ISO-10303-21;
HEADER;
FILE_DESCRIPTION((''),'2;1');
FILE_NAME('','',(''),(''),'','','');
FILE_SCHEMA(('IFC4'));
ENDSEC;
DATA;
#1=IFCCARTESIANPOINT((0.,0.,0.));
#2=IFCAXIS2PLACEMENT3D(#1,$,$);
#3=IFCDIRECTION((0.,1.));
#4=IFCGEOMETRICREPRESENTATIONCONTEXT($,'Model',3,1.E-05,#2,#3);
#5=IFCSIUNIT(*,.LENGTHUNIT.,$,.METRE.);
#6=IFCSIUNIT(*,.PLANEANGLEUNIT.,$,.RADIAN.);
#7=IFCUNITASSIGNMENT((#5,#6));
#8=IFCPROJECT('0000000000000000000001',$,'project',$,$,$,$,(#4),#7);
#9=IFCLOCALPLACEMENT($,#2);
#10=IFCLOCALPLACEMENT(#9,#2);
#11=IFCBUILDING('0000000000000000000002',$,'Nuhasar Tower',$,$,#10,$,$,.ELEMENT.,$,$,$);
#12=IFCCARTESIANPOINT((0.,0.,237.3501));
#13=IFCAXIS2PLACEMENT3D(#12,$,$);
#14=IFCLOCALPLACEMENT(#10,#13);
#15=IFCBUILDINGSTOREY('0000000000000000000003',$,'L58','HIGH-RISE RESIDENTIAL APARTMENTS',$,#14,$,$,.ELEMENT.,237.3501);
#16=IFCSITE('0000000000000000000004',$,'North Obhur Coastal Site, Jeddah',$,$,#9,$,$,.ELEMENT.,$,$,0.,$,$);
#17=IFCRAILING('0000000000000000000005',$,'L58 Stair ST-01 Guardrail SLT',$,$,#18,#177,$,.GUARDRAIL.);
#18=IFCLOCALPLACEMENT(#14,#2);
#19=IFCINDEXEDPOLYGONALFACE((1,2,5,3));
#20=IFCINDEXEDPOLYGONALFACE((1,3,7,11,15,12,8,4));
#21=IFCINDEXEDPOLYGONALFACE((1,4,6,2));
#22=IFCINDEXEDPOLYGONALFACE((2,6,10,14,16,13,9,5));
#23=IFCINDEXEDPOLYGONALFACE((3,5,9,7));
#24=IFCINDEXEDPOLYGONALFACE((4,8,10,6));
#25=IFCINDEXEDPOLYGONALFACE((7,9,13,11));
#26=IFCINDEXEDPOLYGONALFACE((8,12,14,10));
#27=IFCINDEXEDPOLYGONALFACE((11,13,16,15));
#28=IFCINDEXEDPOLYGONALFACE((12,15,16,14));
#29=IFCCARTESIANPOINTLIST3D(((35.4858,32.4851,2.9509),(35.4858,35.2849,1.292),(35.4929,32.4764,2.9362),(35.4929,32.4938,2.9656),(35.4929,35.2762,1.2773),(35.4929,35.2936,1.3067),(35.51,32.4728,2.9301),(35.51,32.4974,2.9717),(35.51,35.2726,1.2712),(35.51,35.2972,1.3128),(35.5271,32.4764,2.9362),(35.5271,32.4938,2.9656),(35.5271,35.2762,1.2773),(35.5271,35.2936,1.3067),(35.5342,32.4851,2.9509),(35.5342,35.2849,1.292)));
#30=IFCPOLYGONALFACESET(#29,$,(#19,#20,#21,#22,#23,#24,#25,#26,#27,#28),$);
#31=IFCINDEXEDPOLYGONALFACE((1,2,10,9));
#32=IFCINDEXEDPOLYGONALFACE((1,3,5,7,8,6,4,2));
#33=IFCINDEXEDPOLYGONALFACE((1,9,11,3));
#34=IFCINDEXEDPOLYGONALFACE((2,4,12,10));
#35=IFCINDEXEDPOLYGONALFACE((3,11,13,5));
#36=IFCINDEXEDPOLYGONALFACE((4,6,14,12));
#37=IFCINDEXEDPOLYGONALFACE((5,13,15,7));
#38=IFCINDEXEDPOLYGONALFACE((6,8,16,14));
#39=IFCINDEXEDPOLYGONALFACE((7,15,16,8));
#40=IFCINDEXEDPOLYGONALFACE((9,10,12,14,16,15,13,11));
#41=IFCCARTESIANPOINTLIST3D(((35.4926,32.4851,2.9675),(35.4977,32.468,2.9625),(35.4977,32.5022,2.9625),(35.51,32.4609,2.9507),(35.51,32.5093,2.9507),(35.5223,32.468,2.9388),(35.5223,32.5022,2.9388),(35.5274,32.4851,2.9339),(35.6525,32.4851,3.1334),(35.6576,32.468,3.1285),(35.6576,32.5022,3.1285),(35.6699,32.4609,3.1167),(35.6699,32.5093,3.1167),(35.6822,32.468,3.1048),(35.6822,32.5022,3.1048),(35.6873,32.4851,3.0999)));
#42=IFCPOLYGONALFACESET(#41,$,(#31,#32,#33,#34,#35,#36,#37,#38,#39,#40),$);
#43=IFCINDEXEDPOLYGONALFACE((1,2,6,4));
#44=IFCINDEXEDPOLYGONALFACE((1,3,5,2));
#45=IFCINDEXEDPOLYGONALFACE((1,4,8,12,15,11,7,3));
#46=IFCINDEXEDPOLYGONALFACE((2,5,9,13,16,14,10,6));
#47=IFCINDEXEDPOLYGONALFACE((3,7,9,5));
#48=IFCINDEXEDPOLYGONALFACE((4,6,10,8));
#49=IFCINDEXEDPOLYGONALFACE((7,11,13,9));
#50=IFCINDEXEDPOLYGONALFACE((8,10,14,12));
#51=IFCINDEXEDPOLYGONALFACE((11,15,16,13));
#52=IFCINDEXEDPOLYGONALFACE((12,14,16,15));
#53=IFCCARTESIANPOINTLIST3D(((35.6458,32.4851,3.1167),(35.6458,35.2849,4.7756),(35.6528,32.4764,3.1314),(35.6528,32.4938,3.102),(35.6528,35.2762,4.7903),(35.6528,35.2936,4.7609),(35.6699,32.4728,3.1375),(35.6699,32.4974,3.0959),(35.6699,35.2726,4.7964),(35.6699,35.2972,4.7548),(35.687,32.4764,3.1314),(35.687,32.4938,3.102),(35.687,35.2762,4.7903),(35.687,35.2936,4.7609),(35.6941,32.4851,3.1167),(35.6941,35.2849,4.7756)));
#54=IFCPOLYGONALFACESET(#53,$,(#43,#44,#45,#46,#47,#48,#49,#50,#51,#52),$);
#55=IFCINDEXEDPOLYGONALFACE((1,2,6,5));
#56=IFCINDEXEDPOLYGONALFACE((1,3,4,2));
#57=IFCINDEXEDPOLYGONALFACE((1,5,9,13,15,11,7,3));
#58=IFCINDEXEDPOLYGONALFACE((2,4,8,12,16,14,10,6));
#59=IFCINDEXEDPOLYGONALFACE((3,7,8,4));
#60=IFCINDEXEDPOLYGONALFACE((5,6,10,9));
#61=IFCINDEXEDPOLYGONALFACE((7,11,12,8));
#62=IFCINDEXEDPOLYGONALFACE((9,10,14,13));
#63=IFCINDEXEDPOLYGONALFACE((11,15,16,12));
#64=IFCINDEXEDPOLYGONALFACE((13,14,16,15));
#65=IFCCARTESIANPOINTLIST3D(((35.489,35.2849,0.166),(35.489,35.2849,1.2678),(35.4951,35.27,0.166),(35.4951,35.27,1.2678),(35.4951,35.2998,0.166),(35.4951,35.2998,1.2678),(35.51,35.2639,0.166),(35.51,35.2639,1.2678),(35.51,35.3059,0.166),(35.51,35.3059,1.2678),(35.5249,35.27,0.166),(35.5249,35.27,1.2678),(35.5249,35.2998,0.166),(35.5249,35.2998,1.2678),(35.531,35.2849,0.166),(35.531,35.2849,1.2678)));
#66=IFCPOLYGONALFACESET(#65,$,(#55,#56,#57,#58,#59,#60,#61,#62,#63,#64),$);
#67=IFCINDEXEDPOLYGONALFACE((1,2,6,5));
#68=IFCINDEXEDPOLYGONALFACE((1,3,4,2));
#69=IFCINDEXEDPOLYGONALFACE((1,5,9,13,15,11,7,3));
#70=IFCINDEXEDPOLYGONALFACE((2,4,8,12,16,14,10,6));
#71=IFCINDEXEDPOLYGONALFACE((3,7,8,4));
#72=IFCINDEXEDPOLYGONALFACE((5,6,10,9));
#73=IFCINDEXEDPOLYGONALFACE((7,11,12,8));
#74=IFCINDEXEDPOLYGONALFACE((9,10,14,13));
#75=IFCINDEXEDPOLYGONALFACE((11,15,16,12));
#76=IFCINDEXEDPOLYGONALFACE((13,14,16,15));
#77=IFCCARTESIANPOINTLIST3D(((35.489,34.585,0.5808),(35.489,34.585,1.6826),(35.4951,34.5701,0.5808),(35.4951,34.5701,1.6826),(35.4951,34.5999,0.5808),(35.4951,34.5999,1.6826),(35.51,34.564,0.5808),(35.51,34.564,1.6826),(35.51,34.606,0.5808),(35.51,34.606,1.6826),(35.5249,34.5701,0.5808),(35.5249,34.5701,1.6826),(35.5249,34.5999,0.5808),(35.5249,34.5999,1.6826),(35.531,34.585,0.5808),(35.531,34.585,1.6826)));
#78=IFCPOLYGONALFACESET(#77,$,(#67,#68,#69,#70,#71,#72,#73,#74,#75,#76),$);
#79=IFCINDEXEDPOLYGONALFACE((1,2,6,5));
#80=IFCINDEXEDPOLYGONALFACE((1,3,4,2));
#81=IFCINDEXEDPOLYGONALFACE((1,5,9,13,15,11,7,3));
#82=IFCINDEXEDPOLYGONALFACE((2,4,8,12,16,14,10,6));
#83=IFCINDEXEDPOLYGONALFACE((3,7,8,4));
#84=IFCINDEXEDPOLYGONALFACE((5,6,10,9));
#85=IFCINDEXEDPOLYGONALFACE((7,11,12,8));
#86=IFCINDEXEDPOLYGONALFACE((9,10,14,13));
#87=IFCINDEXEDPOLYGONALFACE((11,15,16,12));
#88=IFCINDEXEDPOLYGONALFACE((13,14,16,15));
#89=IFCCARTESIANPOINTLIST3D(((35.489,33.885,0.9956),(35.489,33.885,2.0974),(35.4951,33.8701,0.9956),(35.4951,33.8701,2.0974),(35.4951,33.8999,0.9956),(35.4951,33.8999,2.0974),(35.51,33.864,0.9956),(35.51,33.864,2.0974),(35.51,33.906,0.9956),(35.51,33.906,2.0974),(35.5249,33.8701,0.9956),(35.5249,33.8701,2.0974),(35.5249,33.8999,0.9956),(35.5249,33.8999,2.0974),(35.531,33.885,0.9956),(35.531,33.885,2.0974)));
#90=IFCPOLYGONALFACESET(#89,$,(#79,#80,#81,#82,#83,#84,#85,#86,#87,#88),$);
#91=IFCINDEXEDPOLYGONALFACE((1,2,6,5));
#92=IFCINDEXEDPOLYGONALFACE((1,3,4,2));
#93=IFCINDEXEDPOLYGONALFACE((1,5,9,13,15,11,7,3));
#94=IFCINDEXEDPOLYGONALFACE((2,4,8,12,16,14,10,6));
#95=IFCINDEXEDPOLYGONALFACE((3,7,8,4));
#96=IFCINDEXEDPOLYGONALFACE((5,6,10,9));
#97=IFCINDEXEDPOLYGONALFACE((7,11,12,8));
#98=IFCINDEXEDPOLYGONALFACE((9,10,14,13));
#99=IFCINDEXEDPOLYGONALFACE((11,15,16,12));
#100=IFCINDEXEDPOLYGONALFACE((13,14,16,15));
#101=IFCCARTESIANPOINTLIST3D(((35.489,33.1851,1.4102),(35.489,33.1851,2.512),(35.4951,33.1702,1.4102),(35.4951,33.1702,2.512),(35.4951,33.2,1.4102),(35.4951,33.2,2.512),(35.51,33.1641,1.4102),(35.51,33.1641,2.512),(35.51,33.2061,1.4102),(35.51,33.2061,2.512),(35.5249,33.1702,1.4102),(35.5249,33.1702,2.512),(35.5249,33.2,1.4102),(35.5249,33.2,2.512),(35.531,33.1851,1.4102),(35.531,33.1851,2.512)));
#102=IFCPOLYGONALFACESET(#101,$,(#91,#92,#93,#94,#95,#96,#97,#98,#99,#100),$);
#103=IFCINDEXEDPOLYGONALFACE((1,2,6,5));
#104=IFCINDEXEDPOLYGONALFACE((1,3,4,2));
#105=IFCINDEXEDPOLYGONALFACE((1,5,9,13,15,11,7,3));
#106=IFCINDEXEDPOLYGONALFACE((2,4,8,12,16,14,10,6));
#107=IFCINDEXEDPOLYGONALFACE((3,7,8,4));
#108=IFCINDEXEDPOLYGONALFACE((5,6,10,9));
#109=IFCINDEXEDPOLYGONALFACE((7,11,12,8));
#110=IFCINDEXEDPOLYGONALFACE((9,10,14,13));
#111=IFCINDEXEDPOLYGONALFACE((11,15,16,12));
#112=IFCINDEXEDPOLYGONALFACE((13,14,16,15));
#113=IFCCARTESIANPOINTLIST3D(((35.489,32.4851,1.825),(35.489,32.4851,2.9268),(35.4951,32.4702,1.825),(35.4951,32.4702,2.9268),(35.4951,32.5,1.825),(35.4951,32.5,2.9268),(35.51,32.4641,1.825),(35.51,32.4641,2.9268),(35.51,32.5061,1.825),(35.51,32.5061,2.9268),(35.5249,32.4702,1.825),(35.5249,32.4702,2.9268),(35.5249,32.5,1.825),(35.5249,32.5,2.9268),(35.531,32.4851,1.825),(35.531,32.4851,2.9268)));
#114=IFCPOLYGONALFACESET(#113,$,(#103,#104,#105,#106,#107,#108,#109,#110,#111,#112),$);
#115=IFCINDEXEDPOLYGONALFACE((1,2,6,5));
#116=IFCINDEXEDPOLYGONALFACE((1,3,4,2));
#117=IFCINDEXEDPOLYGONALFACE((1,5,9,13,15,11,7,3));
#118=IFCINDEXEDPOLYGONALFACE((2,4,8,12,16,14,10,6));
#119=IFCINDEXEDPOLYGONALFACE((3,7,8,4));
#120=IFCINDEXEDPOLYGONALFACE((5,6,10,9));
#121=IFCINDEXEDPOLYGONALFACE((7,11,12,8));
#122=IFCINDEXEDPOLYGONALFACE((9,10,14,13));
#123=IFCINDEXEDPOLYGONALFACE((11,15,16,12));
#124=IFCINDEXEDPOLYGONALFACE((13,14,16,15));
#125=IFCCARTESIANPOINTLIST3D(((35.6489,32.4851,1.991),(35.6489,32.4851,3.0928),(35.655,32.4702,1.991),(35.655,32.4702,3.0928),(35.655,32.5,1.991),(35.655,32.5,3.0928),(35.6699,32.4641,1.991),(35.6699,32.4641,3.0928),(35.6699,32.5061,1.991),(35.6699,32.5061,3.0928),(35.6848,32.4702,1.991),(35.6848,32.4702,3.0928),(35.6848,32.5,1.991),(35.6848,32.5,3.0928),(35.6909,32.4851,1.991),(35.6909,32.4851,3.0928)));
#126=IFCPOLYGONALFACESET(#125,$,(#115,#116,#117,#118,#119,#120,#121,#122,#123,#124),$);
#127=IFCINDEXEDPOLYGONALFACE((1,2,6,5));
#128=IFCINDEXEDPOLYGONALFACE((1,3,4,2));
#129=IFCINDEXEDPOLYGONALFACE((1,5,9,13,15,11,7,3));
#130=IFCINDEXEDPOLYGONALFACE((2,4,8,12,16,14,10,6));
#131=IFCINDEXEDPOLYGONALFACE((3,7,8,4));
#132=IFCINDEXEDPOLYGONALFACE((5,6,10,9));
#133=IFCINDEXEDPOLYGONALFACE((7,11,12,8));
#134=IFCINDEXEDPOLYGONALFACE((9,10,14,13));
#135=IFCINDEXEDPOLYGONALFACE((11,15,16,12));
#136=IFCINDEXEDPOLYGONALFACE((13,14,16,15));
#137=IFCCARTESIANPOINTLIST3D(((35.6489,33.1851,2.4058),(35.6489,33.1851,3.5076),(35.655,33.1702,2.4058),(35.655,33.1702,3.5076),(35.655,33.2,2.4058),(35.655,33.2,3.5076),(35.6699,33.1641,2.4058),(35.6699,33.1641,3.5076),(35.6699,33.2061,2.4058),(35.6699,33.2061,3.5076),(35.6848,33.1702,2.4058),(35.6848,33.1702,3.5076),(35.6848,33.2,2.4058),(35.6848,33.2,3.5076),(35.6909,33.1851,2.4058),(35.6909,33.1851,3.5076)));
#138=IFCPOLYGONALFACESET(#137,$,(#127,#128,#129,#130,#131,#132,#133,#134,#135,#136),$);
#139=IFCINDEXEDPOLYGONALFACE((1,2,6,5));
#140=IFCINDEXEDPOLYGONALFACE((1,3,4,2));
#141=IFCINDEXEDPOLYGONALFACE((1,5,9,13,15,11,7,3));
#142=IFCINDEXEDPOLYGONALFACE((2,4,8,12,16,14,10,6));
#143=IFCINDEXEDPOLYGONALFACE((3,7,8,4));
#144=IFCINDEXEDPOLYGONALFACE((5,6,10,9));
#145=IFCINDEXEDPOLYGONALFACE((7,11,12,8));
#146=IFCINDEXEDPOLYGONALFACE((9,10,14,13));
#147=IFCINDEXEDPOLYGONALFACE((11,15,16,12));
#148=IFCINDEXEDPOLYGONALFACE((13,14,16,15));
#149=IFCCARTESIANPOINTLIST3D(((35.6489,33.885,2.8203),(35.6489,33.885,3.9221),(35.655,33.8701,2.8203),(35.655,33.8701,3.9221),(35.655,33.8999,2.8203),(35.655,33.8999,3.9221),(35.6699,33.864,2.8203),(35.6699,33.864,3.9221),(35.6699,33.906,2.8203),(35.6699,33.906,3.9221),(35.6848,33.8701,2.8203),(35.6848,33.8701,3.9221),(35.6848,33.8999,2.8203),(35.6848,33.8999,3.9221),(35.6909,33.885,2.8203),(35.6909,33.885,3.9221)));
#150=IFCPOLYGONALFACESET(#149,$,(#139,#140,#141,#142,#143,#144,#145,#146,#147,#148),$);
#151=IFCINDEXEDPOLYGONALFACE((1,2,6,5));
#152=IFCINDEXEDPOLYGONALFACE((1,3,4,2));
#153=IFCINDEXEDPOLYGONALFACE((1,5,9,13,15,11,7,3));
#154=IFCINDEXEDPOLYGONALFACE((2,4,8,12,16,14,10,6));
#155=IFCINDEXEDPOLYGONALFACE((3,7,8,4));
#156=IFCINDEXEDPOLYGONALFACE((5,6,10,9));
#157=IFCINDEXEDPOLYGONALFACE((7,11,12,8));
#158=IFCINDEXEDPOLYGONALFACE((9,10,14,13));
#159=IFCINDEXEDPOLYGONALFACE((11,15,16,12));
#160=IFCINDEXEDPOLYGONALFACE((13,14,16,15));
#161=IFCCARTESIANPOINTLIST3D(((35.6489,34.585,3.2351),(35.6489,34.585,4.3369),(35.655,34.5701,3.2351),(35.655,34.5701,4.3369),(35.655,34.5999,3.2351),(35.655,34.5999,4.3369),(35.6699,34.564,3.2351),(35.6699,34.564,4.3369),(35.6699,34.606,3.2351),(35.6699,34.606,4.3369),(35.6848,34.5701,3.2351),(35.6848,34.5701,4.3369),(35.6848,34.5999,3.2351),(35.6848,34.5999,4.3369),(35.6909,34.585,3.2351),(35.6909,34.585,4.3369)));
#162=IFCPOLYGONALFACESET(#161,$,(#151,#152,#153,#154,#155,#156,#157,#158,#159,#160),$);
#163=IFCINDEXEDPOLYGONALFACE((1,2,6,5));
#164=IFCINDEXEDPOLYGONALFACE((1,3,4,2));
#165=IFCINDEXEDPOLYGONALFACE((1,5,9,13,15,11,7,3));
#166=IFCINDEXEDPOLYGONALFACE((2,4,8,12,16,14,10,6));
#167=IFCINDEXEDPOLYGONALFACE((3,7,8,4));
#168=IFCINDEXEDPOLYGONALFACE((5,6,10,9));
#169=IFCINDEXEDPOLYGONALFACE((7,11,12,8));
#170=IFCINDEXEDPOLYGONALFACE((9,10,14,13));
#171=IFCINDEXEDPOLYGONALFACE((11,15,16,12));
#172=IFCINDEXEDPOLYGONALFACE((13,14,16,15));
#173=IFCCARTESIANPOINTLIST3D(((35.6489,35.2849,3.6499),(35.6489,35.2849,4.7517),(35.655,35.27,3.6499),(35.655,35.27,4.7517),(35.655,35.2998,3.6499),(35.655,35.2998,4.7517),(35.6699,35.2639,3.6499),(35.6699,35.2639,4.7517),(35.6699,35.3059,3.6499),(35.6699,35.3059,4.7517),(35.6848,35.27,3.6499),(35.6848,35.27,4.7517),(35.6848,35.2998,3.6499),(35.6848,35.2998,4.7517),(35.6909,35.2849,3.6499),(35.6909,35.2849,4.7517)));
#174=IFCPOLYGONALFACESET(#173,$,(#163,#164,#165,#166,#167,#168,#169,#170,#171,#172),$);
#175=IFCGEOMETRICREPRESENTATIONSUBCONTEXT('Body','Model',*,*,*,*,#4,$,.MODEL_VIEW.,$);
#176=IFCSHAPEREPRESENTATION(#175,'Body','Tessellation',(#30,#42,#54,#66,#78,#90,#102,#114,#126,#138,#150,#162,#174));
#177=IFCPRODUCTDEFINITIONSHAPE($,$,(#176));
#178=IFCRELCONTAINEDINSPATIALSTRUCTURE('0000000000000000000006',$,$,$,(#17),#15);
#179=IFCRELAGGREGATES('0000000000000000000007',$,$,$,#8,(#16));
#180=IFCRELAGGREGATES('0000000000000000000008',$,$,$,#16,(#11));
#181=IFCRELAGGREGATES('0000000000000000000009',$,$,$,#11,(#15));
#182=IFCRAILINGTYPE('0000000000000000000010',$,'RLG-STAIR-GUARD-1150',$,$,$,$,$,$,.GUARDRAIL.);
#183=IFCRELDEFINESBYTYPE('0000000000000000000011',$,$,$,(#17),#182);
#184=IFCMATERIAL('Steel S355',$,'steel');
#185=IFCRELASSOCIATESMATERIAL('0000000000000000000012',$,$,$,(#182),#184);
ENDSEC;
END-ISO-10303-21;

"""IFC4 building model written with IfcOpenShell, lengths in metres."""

from ifc_helpers import new_model, si_unit, direction, frame, origin, place, context, subcontext, project, spatial, polyline, outline, extrude, material, type_object, element, save


model = new_model("IFC4")

# Units and contexts
model_context = context("Model", 3, precision=1e-05, world=origin(), true_north=direction((0.0, 1.0)))
body_context = subcontext(model_context, "Body", "Model", "MODEL_VIEW")
ifc_project = project(units=[si_unit("LENGTHUNIT", "METRE"), si_unit("PLANEANGLEUNIT", "RADIAN")], contexts=[model_context])

# Site, building, storey
site_placement = place(None, origin())
site = spatial("IfcSite", under=ifc_project, at=site_placement, Name="North Obhur Coastal Site, Jeddah", CompositionType="ELEMENT", RefElevation=0.0)
building_placement = place(site_placement, origin())
building = spatial("IfcBuilding", under=site, at=building_placement, Name="Nuhasar Tower", CompositionType="ELEMENT")
storey_placement = place(building_placement, frame((0.0, 0.0, 237.3501)))
storey = spatial("IfcBuildingStorey", under=building, at=storey_placement, Name="L58", Description="HIGH-RISE RESIDENTIAL APARTMENTS", CompositionType="ELEMENT", Elevation=237.3501)

# Shared definitions
ifc_material_1 = material(Name="Steel S355", Category="steel")

# Railing
railing_type_1 = type_object("IfcRailingType", Name="RLG-STAIR-GUARD-1150", PredefinedType="GUARDRAIL", material=ifc_material_1)
railing_1_placement = place(storey_placement, frame((35.51, 35.2849, 0.166)))
element("IfcRailing", 1, at=railing_1_placement, inside=storey, type_object=railing_type_1, Name="L58 Stair ST-01 Guardrail SLT", PredefinedType="GUARDRAIL", context=body_context, shape_type="SweptSolid", body=[
    extrude(outline(polyline([(0.0242, 0.0), (0.0171, 0.0171), (0.0, 0.0242), (-0.0171, 0.0171), (-0.0242, 0.0), (-0.0171, -0.0171), (0.0, -0.0242), (0.0171, -0.0171), (0.0242, 0.0)])), frame((0.0, 0.0, 1.126), z_axis=(0.0, -0.86032, 0.509755), x_axis=(1.0, 0.0, 0.0)), (0.0, 0.0, 1.0), 3.2544),
    extrude(outline(polyline([(0.0242, 0.0), (0.0171, 0.0171), (0.0, 0.0242), (-0.0171, 0.0171), (-0.0242, 0.0), (-0.0171, -0.0171), (0.0, -0.0242), (0.0171, -0.0171), (0.0242, 0.0)])), frame((0.0, -2.7998, 2.7847), z_axis=(0.693743, 0.0, 0.720222), x_axis=(0.0, 1.0, 0.0)), (0.0, 0.0, 1.0), 0.2305),
    extrude(outline(polyline([(0.0242, 0.0), (0.0171, 0.0171), (0.0, 0.0242), (-0.0171, 0.0171), (-0.0242, 0.0), (-0.0171, -0.0171), (0.0, -0.0242), (0.0171, -0.0171), (0.0242, 0.0)])), frame((0.1599, -2.7998, 2.9507), z_axis=(0.0, 0.86032, 0.509755), x_axis=(-1.0, 0.0, 0.0)), (0.0, 0.0, 1.0), 3.2544),
    extrude(outline(polyline([(0.021, 0.0), (0.0149, 0.0149), (0.0, 0.021), (-0.0149, 0.0149), (-0.021, 0.0), (-0.0149, -0.0149), (0.0, -0.021), (0.0149, -0.0149), (0.021, 0.0)])), origin(), (0.0, 0.0, 1.0), 1.1018),
    extrude(outline(polyline([(0.021, 0.0), (0.0149, 0.0149), (0.0, 0.021), (-0.0149, 0.0149), (-0.021, 0.0), (-0.0149, -0.0149), (0.0, -0.021), (0.0149, -0.0149), (0.021, 0.0)])), frame((0.0, -0.7, 0.4148)), (0.0, 0.0, 1.0), 1.1018),
    extrude(outline(polyline([(0.021, 0.0), (0.0149, 0.0149), (0.0, 0.021), (-0.0149, 0.0149), (-0.021, 0.0), (-0.0149, -0.0149), (0.0, -0.021), (0.0149, -0.0149), (0.021, 0.0)])), frame((0.0, -1.3999, 0.8296)), (0.0, 0.0, 1.0), 1.1018),
    extrude(outline(polyline([(0.021, 0.0), (0.0149, 0.0149), (0.0, 0.021), (-0.0149, 0.0149), (-0.021, 0.0), (-0.0149, -0.0149), (0.0, -0.021), (0.0149, -0.0149), (0.021, 0.0)])), frame((0.0, -2.0999, 1.2441)), (0.0, 0.0, 1.0), 1.1018),
    extrude(outline(polyline([(0.021, 0.0), (0.0149, 0.0149), (0.0, 0.021), (-0.0149, 0.0149), (-0.021, 0.0), (-0.0149, -0.0149), (0.0, -0.021), (0.0149, -0.0149), (0.021, 0.0)])), frame((0.0, -2.7998, 1.6589)), (0.0, 0.0, 1.0), 1.1018),
    extrude(outline(polyline([(0.021, 0.0), (0.0149, 0.0149), (0.0, 0.021), (-0.0149, 0.0149), (-0.021, 0.0), (-0.0149, -0.0149), (0.0, -0.021), (0.0149, -0.0149), (0.021, 0.0)])), frame((0.1599, -2.7998, 1.825)), (0.0, 0.0, 1.0), 1.1018),
    extrude(outline(polyline([(0.021, 0.0), (0.0149, 0.0149), (0.0, 0.021), (-0.0149, 0.0149), (-0.021, 0.0), (-0.0149, -0.0149), (0.0, -0.021), (0.0149, -0.0149), (0.021, 0.0)])), frame((0.1599, -2.0999, 2.2397)), (0.0, 0.0, 1.0), 1.1018),
    extrude(outline(polyline([(0.021, 0.0), (0.0149, 0.0149), (0.0, 0.021), (-0.0149, 0.0149), (-0.021, 0.0), (-0.0149, -0.0149), (0.0, -0.021), (0.0149, -0.0149), (0.021, 0.0)])), frame((0.1599, -1.3999, 2.6543)), (0.0, 0.0, 1.0), 1.1018),
    extrude(outline(polyline([(0.021, 0.0), (0.0149, 0.0149), (0.0, 0.021), (-0.0149, 0.0149), (-0.021, 0.0), (-0.0149, -0.0149), (0.0, -0.021), (0.0149, -0.0149), (0.021, 0.0)])), frame((0.1599, -0.7, 3.0691)), (0.0, 0.0, 1.0), 1.1018),
    extrude(outline(polyline([(0.021, 0.0), (0.0149, 0.0149), (0.0, 0.021), (-0.0149, 0.0149), (-0.021, 0.0), (-0.0149, -0.0149), (0.0, -0.021), (0.0149, -0.0149), (0.021, 0.0)])), frame((0.1599, 0.0, 3.4839)), (0.0, 0.0, 1.0), 1.1018),
])

save(model, "model.ifc")
